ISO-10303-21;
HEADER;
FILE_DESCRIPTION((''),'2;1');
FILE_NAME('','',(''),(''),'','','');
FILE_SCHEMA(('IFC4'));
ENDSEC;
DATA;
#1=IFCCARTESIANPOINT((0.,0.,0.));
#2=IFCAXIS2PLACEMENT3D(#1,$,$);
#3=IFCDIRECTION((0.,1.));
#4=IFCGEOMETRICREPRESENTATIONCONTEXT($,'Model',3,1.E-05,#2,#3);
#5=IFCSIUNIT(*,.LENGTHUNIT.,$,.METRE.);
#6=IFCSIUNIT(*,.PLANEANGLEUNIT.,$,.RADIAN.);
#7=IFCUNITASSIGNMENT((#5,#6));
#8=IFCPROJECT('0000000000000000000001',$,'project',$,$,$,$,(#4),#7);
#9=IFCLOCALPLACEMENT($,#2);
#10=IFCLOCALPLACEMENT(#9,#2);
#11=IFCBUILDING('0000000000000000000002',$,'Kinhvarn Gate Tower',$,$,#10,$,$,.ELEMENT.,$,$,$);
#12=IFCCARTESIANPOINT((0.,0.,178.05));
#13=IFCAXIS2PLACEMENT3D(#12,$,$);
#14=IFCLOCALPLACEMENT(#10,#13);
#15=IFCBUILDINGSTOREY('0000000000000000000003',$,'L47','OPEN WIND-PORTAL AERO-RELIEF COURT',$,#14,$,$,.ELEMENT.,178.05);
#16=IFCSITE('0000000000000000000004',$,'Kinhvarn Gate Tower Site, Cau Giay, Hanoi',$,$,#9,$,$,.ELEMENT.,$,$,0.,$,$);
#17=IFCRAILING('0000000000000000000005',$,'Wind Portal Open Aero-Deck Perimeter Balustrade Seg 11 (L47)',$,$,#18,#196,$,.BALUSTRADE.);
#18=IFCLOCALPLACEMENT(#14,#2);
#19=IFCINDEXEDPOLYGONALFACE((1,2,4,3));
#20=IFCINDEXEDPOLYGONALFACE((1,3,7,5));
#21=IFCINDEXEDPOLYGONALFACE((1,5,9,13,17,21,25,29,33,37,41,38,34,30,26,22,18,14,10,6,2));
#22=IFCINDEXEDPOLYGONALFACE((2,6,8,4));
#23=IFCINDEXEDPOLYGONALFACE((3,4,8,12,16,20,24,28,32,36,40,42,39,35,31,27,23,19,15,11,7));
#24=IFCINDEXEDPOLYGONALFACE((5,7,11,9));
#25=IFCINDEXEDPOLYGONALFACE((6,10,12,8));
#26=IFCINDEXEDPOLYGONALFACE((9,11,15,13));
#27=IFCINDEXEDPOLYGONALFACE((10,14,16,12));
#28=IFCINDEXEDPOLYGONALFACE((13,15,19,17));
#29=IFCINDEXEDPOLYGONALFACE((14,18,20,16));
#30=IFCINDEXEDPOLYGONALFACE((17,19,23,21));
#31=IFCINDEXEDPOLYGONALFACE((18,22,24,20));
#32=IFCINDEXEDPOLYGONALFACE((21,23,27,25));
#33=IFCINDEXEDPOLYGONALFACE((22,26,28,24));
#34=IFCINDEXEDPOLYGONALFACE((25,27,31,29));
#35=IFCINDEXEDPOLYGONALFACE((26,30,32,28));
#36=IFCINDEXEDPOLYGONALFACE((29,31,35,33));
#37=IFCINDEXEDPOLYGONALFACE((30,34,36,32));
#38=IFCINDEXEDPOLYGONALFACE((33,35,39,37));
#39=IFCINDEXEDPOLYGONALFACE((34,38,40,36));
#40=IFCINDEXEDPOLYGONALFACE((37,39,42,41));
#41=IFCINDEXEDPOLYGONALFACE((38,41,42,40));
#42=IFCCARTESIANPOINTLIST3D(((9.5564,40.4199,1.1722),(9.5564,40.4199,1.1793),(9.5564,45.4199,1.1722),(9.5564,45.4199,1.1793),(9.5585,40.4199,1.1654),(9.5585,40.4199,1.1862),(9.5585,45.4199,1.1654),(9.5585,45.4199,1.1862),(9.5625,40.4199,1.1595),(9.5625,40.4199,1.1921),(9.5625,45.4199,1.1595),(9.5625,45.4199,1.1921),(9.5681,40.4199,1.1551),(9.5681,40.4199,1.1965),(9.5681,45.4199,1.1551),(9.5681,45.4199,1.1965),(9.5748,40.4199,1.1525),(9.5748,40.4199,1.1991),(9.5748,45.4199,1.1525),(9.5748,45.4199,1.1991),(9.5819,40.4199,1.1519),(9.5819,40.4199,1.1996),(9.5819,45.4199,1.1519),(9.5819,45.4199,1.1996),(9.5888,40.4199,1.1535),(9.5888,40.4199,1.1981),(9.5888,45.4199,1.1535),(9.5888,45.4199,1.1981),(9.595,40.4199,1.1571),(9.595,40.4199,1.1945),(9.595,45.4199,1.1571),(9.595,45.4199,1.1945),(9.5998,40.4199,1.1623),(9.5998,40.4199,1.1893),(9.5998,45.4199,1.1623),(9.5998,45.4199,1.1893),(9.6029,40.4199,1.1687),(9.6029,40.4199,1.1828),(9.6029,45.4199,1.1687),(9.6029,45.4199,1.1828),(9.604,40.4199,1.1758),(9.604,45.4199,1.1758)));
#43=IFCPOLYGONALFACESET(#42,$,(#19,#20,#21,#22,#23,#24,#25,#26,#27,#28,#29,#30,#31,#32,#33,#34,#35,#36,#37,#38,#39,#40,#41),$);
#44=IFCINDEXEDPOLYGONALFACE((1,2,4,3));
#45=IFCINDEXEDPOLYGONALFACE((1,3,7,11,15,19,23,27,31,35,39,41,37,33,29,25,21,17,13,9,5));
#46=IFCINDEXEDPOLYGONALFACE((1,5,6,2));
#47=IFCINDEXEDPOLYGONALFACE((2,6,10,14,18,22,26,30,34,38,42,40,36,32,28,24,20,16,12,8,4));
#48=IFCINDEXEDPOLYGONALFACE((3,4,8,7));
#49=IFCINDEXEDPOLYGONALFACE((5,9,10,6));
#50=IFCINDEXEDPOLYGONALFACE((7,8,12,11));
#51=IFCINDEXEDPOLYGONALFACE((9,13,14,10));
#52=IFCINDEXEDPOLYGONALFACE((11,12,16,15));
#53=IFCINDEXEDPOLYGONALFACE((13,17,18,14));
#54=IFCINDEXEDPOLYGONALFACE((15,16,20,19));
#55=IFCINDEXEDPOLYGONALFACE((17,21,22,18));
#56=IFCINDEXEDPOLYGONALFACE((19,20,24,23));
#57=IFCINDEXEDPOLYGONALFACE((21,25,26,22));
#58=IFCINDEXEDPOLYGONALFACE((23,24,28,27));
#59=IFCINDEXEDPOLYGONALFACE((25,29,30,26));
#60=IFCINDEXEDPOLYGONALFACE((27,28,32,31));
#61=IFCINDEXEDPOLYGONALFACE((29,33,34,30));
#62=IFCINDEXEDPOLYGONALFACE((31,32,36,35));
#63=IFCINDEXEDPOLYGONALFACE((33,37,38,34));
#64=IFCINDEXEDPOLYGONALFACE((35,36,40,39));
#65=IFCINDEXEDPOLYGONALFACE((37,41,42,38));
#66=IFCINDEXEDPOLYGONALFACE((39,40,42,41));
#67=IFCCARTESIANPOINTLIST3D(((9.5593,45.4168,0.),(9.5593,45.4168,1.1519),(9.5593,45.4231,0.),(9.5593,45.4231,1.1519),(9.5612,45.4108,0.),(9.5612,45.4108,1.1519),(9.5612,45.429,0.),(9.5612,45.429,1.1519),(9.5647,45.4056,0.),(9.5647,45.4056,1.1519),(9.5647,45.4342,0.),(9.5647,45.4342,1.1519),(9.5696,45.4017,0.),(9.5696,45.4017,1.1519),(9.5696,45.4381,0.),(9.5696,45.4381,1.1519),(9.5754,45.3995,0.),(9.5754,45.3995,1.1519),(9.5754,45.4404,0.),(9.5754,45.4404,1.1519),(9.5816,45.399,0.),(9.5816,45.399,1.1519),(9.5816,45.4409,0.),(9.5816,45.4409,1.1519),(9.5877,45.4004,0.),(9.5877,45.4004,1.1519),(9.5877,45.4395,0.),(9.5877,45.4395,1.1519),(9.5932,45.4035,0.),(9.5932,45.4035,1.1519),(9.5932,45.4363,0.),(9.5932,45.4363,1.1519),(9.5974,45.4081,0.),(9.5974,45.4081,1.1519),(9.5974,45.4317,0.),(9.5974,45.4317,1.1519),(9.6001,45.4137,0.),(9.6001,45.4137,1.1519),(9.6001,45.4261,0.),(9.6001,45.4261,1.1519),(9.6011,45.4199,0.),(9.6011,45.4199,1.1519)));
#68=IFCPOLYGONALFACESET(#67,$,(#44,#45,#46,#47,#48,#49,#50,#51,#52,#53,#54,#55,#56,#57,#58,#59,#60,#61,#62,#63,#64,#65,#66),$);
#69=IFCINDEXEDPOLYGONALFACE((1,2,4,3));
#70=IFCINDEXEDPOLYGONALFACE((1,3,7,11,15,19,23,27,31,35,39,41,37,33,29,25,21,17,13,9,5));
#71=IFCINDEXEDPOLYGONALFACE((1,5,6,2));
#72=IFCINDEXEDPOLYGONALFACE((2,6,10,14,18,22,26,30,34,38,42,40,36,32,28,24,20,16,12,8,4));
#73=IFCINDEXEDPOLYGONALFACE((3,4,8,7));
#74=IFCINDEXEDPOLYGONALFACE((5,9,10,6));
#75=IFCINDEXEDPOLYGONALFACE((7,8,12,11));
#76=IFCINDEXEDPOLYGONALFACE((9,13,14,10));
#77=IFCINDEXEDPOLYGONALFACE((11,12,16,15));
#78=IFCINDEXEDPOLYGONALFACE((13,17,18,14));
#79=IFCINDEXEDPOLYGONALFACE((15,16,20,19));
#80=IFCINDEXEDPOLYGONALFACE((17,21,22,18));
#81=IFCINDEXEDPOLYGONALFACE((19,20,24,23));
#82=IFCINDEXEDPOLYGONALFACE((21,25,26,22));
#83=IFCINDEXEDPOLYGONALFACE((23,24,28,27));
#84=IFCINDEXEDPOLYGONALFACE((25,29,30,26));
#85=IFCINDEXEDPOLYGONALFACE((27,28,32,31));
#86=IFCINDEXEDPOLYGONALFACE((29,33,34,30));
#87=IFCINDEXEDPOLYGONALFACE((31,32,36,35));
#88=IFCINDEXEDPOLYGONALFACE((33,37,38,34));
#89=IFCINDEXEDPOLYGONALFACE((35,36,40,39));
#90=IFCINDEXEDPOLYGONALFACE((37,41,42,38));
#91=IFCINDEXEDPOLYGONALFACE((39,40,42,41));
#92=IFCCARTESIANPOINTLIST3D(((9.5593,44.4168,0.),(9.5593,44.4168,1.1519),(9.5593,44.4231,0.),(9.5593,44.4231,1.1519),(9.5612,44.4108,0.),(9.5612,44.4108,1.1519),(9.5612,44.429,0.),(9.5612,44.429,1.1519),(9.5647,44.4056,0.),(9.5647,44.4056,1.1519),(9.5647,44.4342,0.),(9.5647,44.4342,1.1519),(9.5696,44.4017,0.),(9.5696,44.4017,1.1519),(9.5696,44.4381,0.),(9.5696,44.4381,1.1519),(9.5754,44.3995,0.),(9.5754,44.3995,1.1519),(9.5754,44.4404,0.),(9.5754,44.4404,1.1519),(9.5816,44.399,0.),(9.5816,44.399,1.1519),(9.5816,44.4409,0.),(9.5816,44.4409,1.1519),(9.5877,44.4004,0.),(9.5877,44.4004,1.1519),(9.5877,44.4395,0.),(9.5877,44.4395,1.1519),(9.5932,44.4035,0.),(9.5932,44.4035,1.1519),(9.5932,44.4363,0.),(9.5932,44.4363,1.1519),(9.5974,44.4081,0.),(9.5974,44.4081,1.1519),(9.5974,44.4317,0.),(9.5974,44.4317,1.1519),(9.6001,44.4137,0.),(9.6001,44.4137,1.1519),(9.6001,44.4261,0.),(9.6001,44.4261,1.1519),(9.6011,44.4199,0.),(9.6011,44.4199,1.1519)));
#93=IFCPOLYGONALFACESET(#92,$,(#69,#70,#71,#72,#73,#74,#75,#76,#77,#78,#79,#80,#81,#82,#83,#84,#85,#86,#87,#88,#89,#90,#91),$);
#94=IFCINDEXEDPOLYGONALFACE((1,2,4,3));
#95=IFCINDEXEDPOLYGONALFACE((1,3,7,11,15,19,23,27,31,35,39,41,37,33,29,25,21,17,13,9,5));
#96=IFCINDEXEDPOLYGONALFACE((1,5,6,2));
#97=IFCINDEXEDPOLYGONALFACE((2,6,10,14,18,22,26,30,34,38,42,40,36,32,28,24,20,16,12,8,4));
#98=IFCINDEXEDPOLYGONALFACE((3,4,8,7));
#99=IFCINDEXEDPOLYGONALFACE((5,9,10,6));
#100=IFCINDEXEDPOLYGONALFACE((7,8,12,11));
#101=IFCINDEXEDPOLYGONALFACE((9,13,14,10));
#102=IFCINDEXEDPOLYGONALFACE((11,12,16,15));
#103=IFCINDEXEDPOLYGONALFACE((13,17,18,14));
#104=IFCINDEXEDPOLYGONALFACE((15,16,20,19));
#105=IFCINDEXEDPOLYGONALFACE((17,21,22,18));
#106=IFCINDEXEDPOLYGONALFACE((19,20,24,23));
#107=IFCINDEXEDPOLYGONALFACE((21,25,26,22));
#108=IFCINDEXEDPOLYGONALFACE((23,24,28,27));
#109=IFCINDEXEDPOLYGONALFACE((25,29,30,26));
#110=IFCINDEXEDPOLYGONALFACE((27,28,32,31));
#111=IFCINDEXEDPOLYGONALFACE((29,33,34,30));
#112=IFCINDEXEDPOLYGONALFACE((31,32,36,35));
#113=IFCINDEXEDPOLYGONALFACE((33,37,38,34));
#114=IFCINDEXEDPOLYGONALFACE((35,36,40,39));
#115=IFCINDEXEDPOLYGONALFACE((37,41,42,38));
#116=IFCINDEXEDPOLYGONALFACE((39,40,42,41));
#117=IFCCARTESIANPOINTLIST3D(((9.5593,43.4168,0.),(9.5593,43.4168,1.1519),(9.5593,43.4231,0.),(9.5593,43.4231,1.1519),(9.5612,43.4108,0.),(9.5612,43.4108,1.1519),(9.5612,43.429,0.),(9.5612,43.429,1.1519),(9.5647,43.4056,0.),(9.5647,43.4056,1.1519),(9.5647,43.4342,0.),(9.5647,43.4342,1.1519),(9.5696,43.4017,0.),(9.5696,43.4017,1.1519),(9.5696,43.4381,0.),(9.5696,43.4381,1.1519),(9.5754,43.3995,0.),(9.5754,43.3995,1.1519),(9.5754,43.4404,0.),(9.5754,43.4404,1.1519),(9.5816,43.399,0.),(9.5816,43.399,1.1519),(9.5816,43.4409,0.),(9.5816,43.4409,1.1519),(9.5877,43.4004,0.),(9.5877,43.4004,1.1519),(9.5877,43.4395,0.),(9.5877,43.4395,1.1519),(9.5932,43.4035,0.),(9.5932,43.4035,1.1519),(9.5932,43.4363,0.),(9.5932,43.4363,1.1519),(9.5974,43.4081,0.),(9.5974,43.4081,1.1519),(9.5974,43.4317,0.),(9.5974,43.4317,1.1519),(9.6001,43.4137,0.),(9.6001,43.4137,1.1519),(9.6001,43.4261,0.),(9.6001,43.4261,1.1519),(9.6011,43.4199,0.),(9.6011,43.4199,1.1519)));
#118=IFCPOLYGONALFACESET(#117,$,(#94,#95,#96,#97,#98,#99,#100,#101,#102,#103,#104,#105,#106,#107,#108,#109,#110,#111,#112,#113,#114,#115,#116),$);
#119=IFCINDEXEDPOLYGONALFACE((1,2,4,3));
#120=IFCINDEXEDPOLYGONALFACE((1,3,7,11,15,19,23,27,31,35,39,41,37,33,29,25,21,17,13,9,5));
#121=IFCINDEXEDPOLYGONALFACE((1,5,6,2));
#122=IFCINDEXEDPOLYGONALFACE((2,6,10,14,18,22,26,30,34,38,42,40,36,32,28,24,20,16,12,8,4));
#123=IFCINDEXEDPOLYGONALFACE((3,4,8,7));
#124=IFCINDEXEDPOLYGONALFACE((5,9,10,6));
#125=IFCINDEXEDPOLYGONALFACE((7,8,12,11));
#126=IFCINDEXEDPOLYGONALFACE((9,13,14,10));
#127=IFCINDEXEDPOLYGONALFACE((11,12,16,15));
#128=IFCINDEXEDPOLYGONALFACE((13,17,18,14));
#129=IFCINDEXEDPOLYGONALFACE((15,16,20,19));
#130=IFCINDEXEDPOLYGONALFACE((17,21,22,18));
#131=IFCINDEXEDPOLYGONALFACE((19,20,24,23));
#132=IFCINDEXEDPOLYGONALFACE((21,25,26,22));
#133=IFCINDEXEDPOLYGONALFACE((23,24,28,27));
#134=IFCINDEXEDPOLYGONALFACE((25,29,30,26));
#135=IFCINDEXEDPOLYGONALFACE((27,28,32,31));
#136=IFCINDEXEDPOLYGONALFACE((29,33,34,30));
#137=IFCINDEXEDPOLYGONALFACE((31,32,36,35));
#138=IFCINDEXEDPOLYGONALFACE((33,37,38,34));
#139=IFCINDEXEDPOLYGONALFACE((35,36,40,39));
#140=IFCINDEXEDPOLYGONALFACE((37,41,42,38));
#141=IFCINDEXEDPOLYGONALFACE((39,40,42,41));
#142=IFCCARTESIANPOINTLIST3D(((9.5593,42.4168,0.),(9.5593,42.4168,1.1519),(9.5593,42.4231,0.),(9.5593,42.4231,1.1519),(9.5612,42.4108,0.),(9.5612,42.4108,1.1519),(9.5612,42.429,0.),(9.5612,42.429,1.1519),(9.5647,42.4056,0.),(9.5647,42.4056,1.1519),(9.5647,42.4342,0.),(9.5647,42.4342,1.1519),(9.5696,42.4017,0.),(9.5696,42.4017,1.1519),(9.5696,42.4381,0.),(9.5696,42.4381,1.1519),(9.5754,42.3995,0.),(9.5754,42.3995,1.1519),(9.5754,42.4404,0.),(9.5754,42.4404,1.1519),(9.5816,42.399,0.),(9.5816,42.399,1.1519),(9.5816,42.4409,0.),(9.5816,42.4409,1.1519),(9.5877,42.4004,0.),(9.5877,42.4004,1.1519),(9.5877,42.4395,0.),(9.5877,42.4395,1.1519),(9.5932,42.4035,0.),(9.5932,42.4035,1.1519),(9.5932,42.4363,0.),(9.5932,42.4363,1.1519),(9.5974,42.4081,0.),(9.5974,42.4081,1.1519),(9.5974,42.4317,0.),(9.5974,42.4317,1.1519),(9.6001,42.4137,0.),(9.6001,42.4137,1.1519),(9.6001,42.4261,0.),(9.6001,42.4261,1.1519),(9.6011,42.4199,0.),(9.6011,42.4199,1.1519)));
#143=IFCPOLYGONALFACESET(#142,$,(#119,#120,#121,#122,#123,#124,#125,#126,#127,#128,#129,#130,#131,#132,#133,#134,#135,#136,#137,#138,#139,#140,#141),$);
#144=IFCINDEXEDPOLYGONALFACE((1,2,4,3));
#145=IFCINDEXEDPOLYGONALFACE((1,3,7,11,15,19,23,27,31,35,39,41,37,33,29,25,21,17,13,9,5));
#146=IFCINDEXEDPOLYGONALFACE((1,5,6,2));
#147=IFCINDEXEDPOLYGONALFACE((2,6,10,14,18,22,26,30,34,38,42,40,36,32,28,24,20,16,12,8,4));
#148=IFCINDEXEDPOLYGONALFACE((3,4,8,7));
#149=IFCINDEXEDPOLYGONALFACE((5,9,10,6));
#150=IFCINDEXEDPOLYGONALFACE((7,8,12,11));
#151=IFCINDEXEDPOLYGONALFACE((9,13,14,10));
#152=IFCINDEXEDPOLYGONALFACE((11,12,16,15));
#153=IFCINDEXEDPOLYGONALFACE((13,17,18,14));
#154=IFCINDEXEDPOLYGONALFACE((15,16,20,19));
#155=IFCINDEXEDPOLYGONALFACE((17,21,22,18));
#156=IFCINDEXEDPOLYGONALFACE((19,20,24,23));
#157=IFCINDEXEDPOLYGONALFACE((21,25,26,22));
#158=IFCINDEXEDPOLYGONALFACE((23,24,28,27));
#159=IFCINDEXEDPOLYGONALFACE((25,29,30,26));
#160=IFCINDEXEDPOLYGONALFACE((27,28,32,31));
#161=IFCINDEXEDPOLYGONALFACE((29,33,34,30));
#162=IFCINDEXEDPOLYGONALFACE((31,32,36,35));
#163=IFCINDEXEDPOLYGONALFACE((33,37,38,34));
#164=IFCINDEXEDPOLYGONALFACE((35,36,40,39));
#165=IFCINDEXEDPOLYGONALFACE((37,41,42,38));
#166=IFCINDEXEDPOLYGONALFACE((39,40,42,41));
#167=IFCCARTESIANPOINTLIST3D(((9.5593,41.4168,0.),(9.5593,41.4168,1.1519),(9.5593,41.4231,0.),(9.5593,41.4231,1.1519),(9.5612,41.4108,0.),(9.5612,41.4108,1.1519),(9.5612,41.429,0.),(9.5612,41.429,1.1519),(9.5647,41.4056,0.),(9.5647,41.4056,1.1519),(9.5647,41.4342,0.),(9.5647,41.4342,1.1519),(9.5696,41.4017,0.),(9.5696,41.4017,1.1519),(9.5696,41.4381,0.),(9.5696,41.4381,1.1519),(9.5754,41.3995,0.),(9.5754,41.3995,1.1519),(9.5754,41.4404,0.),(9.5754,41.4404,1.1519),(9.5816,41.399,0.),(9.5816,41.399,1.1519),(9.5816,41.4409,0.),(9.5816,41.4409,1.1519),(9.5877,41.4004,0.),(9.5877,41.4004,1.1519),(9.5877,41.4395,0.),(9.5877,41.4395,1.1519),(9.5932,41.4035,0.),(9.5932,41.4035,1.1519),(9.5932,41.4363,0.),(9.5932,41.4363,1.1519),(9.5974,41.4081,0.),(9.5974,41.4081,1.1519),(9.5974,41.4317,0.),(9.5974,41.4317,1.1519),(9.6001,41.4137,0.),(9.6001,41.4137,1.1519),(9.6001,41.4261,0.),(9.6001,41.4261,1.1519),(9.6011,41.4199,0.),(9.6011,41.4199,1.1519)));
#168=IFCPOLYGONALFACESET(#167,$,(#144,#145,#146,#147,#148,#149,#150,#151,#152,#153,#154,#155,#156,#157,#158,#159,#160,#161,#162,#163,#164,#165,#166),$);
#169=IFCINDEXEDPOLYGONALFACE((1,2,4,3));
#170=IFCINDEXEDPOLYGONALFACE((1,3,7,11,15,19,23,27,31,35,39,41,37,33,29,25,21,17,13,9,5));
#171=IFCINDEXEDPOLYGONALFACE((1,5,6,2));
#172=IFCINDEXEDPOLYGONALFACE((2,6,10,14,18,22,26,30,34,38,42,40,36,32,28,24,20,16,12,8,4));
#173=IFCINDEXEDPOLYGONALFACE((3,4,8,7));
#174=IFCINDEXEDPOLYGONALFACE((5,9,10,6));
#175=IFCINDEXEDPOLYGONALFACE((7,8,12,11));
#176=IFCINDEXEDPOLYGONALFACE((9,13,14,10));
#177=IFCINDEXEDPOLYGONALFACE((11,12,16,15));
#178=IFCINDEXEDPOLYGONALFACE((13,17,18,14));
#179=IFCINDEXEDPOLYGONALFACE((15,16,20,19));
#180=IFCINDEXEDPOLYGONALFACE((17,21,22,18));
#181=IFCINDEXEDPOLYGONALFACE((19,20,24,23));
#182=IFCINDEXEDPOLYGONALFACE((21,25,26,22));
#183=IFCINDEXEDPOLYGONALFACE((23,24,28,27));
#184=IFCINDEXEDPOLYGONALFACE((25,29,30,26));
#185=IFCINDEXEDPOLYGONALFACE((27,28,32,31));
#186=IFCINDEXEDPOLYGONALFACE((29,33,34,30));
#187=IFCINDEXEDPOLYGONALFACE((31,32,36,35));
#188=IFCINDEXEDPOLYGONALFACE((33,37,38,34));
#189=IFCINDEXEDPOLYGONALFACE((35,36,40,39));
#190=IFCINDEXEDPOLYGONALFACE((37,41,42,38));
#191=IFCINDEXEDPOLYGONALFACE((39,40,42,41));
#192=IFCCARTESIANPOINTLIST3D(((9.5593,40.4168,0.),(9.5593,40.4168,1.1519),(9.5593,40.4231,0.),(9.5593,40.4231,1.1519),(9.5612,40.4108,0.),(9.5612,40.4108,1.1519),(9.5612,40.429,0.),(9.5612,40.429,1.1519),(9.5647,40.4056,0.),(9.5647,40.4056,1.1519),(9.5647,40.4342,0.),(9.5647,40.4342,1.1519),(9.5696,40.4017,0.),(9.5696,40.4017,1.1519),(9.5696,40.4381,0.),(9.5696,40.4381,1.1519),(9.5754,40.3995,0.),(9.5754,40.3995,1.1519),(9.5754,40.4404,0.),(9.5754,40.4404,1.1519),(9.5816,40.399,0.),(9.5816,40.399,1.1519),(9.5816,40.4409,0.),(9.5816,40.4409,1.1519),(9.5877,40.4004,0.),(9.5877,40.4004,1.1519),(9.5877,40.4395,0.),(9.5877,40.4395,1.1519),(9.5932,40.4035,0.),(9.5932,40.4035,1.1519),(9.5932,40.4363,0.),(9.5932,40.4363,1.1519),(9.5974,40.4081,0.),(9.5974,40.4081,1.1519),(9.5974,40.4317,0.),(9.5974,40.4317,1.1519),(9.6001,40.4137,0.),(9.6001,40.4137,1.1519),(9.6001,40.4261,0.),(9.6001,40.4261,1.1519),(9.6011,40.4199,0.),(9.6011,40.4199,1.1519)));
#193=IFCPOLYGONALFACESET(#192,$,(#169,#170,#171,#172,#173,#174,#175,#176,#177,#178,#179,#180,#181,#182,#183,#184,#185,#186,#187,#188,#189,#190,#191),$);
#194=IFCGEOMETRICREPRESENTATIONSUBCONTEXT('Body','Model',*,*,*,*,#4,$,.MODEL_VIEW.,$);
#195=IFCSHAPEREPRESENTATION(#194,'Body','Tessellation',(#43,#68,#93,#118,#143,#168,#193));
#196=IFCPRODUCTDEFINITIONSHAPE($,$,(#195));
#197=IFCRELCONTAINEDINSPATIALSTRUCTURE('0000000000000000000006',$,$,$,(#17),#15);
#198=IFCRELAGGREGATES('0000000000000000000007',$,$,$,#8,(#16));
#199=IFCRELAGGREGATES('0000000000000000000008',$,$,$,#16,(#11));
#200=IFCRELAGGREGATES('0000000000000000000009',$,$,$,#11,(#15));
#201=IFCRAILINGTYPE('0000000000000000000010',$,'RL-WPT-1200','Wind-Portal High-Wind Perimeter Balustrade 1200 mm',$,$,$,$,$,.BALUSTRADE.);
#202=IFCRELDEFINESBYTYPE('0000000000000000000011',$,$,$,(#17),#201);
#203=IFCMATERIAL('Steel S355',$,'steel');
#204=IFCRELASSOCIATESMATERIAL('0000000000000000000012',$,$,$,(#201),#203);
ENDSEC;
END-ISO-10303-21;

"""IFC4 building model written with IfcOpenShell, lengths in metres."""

from ifc_helpers import new_model, si_unit, direction, frame, origin, origin_2d, place, context, subcontext, project, spatial, circle, extrude, material, type_object, element, save


model = new_model("IFC4")

# Units and contexts
model_context = context("Model", 3, precision=1e-05, world=origin(), true_north=direction((0.0, 1.0)))
body_context = subcontext(model_context, "Body", "Model", "MODEL_VIEW")
ifc_project = project(units=[si_unit("LENGTHUNIT", "METRE"), si_unit("PLANEANGLEUNIT", "RADIAN")], contexts=[model_context])

# Site, building, storey
site_placement = place(None, origin())
site = spatial("IfcSite", under=ifc_project, at=site_placement, Name="Kinhvarn Gate Tower Site, Cau Giay, Hanoi", CompositionType="ELEMENT", RefElevation=0.0)
building_placement = place(site_placement, origin())
building = spatial("IfcBuilding", under=site, at=building_placement, Name="Kinhvarn Gate Tower", CompositionType="ELEMENT")
storey_placement = place(building_placement, frame((0.0, 0.0, 178.05)))
storey = spatial("IfcBuildingStorey", under=building, at=storey_placement, Name="L47", Description="OPEN WIND-PORTAL AERO-RELIEF COURT", CompositionType="ELEMENT", Elevation=178.05)

# Shared definitions
ifc_material_1 = material(Name="Steel S355", Category="steel")

# Railing
railing_type_1 = type_object("IfcRailingType", Name="RL-WPT-1200", Description="Wind-Portal High-Wind Perimeter Balustrade 1200 mm", PredefinedType="BALUSTRADE", material=ifc_material_1)
railing_1_placement = place(storey_placement, frame((9.5801, 45.4199, 0.0)))
element("IfcRailing", 1, at=railing_1_placement, inside=storey, type_object=railing_type_1, Name="Wind Portal Open Aero-Deck Perimeter Balustrade Seg 11 (L47)", PredefinedType="BALUSTRADE", context=body_context, shape_type="SweptSolid", body=[
    extrude(circle(Radius=0.0239, at=origin_2d()), frame((0.0, 0.0, 1.1758), z_axis=(0.0, -1.0, 0.0), x_axis=(1.0, 0.0, 0.0)), (0.0, 0.0, 1.0), 5.0),
    extrude(circle(Radius=0.021, at=origin_2d()), origin(), (0.0, 0.0, 1.0), 1.1519),
    extrude(circle(Radius=0.021, at=origin_2d()), frame((0.0, -1.0, 0.0)), (0.0, 0.0, 1.0), 1.1519),
    extrude(circle(Radius=0.021, at=origin_2d()), frame((0.0, -2.0, 0.0)), (0.0, 0.0, 1.0), 1.1519),
    extrude(circle(Radius=0.021, at=origin_2d()), frame((0.0, -3.0, 0.0)), (0.0, 0.0, 1.0), 1.1519),
    extrude(circle(Radius=0.021, at=origin_2d()), frame((0.0, -4.0, 0.0)), (0.0, 0.0, 1.0), 1.1519),
    extrude(circle(Radius=0.021, at=origin_2d()), frame((0.0, -5.0, 0.0)), (0.0, 0.0, 1.0), 1.1519),
])

save(model, "model.ifc")
